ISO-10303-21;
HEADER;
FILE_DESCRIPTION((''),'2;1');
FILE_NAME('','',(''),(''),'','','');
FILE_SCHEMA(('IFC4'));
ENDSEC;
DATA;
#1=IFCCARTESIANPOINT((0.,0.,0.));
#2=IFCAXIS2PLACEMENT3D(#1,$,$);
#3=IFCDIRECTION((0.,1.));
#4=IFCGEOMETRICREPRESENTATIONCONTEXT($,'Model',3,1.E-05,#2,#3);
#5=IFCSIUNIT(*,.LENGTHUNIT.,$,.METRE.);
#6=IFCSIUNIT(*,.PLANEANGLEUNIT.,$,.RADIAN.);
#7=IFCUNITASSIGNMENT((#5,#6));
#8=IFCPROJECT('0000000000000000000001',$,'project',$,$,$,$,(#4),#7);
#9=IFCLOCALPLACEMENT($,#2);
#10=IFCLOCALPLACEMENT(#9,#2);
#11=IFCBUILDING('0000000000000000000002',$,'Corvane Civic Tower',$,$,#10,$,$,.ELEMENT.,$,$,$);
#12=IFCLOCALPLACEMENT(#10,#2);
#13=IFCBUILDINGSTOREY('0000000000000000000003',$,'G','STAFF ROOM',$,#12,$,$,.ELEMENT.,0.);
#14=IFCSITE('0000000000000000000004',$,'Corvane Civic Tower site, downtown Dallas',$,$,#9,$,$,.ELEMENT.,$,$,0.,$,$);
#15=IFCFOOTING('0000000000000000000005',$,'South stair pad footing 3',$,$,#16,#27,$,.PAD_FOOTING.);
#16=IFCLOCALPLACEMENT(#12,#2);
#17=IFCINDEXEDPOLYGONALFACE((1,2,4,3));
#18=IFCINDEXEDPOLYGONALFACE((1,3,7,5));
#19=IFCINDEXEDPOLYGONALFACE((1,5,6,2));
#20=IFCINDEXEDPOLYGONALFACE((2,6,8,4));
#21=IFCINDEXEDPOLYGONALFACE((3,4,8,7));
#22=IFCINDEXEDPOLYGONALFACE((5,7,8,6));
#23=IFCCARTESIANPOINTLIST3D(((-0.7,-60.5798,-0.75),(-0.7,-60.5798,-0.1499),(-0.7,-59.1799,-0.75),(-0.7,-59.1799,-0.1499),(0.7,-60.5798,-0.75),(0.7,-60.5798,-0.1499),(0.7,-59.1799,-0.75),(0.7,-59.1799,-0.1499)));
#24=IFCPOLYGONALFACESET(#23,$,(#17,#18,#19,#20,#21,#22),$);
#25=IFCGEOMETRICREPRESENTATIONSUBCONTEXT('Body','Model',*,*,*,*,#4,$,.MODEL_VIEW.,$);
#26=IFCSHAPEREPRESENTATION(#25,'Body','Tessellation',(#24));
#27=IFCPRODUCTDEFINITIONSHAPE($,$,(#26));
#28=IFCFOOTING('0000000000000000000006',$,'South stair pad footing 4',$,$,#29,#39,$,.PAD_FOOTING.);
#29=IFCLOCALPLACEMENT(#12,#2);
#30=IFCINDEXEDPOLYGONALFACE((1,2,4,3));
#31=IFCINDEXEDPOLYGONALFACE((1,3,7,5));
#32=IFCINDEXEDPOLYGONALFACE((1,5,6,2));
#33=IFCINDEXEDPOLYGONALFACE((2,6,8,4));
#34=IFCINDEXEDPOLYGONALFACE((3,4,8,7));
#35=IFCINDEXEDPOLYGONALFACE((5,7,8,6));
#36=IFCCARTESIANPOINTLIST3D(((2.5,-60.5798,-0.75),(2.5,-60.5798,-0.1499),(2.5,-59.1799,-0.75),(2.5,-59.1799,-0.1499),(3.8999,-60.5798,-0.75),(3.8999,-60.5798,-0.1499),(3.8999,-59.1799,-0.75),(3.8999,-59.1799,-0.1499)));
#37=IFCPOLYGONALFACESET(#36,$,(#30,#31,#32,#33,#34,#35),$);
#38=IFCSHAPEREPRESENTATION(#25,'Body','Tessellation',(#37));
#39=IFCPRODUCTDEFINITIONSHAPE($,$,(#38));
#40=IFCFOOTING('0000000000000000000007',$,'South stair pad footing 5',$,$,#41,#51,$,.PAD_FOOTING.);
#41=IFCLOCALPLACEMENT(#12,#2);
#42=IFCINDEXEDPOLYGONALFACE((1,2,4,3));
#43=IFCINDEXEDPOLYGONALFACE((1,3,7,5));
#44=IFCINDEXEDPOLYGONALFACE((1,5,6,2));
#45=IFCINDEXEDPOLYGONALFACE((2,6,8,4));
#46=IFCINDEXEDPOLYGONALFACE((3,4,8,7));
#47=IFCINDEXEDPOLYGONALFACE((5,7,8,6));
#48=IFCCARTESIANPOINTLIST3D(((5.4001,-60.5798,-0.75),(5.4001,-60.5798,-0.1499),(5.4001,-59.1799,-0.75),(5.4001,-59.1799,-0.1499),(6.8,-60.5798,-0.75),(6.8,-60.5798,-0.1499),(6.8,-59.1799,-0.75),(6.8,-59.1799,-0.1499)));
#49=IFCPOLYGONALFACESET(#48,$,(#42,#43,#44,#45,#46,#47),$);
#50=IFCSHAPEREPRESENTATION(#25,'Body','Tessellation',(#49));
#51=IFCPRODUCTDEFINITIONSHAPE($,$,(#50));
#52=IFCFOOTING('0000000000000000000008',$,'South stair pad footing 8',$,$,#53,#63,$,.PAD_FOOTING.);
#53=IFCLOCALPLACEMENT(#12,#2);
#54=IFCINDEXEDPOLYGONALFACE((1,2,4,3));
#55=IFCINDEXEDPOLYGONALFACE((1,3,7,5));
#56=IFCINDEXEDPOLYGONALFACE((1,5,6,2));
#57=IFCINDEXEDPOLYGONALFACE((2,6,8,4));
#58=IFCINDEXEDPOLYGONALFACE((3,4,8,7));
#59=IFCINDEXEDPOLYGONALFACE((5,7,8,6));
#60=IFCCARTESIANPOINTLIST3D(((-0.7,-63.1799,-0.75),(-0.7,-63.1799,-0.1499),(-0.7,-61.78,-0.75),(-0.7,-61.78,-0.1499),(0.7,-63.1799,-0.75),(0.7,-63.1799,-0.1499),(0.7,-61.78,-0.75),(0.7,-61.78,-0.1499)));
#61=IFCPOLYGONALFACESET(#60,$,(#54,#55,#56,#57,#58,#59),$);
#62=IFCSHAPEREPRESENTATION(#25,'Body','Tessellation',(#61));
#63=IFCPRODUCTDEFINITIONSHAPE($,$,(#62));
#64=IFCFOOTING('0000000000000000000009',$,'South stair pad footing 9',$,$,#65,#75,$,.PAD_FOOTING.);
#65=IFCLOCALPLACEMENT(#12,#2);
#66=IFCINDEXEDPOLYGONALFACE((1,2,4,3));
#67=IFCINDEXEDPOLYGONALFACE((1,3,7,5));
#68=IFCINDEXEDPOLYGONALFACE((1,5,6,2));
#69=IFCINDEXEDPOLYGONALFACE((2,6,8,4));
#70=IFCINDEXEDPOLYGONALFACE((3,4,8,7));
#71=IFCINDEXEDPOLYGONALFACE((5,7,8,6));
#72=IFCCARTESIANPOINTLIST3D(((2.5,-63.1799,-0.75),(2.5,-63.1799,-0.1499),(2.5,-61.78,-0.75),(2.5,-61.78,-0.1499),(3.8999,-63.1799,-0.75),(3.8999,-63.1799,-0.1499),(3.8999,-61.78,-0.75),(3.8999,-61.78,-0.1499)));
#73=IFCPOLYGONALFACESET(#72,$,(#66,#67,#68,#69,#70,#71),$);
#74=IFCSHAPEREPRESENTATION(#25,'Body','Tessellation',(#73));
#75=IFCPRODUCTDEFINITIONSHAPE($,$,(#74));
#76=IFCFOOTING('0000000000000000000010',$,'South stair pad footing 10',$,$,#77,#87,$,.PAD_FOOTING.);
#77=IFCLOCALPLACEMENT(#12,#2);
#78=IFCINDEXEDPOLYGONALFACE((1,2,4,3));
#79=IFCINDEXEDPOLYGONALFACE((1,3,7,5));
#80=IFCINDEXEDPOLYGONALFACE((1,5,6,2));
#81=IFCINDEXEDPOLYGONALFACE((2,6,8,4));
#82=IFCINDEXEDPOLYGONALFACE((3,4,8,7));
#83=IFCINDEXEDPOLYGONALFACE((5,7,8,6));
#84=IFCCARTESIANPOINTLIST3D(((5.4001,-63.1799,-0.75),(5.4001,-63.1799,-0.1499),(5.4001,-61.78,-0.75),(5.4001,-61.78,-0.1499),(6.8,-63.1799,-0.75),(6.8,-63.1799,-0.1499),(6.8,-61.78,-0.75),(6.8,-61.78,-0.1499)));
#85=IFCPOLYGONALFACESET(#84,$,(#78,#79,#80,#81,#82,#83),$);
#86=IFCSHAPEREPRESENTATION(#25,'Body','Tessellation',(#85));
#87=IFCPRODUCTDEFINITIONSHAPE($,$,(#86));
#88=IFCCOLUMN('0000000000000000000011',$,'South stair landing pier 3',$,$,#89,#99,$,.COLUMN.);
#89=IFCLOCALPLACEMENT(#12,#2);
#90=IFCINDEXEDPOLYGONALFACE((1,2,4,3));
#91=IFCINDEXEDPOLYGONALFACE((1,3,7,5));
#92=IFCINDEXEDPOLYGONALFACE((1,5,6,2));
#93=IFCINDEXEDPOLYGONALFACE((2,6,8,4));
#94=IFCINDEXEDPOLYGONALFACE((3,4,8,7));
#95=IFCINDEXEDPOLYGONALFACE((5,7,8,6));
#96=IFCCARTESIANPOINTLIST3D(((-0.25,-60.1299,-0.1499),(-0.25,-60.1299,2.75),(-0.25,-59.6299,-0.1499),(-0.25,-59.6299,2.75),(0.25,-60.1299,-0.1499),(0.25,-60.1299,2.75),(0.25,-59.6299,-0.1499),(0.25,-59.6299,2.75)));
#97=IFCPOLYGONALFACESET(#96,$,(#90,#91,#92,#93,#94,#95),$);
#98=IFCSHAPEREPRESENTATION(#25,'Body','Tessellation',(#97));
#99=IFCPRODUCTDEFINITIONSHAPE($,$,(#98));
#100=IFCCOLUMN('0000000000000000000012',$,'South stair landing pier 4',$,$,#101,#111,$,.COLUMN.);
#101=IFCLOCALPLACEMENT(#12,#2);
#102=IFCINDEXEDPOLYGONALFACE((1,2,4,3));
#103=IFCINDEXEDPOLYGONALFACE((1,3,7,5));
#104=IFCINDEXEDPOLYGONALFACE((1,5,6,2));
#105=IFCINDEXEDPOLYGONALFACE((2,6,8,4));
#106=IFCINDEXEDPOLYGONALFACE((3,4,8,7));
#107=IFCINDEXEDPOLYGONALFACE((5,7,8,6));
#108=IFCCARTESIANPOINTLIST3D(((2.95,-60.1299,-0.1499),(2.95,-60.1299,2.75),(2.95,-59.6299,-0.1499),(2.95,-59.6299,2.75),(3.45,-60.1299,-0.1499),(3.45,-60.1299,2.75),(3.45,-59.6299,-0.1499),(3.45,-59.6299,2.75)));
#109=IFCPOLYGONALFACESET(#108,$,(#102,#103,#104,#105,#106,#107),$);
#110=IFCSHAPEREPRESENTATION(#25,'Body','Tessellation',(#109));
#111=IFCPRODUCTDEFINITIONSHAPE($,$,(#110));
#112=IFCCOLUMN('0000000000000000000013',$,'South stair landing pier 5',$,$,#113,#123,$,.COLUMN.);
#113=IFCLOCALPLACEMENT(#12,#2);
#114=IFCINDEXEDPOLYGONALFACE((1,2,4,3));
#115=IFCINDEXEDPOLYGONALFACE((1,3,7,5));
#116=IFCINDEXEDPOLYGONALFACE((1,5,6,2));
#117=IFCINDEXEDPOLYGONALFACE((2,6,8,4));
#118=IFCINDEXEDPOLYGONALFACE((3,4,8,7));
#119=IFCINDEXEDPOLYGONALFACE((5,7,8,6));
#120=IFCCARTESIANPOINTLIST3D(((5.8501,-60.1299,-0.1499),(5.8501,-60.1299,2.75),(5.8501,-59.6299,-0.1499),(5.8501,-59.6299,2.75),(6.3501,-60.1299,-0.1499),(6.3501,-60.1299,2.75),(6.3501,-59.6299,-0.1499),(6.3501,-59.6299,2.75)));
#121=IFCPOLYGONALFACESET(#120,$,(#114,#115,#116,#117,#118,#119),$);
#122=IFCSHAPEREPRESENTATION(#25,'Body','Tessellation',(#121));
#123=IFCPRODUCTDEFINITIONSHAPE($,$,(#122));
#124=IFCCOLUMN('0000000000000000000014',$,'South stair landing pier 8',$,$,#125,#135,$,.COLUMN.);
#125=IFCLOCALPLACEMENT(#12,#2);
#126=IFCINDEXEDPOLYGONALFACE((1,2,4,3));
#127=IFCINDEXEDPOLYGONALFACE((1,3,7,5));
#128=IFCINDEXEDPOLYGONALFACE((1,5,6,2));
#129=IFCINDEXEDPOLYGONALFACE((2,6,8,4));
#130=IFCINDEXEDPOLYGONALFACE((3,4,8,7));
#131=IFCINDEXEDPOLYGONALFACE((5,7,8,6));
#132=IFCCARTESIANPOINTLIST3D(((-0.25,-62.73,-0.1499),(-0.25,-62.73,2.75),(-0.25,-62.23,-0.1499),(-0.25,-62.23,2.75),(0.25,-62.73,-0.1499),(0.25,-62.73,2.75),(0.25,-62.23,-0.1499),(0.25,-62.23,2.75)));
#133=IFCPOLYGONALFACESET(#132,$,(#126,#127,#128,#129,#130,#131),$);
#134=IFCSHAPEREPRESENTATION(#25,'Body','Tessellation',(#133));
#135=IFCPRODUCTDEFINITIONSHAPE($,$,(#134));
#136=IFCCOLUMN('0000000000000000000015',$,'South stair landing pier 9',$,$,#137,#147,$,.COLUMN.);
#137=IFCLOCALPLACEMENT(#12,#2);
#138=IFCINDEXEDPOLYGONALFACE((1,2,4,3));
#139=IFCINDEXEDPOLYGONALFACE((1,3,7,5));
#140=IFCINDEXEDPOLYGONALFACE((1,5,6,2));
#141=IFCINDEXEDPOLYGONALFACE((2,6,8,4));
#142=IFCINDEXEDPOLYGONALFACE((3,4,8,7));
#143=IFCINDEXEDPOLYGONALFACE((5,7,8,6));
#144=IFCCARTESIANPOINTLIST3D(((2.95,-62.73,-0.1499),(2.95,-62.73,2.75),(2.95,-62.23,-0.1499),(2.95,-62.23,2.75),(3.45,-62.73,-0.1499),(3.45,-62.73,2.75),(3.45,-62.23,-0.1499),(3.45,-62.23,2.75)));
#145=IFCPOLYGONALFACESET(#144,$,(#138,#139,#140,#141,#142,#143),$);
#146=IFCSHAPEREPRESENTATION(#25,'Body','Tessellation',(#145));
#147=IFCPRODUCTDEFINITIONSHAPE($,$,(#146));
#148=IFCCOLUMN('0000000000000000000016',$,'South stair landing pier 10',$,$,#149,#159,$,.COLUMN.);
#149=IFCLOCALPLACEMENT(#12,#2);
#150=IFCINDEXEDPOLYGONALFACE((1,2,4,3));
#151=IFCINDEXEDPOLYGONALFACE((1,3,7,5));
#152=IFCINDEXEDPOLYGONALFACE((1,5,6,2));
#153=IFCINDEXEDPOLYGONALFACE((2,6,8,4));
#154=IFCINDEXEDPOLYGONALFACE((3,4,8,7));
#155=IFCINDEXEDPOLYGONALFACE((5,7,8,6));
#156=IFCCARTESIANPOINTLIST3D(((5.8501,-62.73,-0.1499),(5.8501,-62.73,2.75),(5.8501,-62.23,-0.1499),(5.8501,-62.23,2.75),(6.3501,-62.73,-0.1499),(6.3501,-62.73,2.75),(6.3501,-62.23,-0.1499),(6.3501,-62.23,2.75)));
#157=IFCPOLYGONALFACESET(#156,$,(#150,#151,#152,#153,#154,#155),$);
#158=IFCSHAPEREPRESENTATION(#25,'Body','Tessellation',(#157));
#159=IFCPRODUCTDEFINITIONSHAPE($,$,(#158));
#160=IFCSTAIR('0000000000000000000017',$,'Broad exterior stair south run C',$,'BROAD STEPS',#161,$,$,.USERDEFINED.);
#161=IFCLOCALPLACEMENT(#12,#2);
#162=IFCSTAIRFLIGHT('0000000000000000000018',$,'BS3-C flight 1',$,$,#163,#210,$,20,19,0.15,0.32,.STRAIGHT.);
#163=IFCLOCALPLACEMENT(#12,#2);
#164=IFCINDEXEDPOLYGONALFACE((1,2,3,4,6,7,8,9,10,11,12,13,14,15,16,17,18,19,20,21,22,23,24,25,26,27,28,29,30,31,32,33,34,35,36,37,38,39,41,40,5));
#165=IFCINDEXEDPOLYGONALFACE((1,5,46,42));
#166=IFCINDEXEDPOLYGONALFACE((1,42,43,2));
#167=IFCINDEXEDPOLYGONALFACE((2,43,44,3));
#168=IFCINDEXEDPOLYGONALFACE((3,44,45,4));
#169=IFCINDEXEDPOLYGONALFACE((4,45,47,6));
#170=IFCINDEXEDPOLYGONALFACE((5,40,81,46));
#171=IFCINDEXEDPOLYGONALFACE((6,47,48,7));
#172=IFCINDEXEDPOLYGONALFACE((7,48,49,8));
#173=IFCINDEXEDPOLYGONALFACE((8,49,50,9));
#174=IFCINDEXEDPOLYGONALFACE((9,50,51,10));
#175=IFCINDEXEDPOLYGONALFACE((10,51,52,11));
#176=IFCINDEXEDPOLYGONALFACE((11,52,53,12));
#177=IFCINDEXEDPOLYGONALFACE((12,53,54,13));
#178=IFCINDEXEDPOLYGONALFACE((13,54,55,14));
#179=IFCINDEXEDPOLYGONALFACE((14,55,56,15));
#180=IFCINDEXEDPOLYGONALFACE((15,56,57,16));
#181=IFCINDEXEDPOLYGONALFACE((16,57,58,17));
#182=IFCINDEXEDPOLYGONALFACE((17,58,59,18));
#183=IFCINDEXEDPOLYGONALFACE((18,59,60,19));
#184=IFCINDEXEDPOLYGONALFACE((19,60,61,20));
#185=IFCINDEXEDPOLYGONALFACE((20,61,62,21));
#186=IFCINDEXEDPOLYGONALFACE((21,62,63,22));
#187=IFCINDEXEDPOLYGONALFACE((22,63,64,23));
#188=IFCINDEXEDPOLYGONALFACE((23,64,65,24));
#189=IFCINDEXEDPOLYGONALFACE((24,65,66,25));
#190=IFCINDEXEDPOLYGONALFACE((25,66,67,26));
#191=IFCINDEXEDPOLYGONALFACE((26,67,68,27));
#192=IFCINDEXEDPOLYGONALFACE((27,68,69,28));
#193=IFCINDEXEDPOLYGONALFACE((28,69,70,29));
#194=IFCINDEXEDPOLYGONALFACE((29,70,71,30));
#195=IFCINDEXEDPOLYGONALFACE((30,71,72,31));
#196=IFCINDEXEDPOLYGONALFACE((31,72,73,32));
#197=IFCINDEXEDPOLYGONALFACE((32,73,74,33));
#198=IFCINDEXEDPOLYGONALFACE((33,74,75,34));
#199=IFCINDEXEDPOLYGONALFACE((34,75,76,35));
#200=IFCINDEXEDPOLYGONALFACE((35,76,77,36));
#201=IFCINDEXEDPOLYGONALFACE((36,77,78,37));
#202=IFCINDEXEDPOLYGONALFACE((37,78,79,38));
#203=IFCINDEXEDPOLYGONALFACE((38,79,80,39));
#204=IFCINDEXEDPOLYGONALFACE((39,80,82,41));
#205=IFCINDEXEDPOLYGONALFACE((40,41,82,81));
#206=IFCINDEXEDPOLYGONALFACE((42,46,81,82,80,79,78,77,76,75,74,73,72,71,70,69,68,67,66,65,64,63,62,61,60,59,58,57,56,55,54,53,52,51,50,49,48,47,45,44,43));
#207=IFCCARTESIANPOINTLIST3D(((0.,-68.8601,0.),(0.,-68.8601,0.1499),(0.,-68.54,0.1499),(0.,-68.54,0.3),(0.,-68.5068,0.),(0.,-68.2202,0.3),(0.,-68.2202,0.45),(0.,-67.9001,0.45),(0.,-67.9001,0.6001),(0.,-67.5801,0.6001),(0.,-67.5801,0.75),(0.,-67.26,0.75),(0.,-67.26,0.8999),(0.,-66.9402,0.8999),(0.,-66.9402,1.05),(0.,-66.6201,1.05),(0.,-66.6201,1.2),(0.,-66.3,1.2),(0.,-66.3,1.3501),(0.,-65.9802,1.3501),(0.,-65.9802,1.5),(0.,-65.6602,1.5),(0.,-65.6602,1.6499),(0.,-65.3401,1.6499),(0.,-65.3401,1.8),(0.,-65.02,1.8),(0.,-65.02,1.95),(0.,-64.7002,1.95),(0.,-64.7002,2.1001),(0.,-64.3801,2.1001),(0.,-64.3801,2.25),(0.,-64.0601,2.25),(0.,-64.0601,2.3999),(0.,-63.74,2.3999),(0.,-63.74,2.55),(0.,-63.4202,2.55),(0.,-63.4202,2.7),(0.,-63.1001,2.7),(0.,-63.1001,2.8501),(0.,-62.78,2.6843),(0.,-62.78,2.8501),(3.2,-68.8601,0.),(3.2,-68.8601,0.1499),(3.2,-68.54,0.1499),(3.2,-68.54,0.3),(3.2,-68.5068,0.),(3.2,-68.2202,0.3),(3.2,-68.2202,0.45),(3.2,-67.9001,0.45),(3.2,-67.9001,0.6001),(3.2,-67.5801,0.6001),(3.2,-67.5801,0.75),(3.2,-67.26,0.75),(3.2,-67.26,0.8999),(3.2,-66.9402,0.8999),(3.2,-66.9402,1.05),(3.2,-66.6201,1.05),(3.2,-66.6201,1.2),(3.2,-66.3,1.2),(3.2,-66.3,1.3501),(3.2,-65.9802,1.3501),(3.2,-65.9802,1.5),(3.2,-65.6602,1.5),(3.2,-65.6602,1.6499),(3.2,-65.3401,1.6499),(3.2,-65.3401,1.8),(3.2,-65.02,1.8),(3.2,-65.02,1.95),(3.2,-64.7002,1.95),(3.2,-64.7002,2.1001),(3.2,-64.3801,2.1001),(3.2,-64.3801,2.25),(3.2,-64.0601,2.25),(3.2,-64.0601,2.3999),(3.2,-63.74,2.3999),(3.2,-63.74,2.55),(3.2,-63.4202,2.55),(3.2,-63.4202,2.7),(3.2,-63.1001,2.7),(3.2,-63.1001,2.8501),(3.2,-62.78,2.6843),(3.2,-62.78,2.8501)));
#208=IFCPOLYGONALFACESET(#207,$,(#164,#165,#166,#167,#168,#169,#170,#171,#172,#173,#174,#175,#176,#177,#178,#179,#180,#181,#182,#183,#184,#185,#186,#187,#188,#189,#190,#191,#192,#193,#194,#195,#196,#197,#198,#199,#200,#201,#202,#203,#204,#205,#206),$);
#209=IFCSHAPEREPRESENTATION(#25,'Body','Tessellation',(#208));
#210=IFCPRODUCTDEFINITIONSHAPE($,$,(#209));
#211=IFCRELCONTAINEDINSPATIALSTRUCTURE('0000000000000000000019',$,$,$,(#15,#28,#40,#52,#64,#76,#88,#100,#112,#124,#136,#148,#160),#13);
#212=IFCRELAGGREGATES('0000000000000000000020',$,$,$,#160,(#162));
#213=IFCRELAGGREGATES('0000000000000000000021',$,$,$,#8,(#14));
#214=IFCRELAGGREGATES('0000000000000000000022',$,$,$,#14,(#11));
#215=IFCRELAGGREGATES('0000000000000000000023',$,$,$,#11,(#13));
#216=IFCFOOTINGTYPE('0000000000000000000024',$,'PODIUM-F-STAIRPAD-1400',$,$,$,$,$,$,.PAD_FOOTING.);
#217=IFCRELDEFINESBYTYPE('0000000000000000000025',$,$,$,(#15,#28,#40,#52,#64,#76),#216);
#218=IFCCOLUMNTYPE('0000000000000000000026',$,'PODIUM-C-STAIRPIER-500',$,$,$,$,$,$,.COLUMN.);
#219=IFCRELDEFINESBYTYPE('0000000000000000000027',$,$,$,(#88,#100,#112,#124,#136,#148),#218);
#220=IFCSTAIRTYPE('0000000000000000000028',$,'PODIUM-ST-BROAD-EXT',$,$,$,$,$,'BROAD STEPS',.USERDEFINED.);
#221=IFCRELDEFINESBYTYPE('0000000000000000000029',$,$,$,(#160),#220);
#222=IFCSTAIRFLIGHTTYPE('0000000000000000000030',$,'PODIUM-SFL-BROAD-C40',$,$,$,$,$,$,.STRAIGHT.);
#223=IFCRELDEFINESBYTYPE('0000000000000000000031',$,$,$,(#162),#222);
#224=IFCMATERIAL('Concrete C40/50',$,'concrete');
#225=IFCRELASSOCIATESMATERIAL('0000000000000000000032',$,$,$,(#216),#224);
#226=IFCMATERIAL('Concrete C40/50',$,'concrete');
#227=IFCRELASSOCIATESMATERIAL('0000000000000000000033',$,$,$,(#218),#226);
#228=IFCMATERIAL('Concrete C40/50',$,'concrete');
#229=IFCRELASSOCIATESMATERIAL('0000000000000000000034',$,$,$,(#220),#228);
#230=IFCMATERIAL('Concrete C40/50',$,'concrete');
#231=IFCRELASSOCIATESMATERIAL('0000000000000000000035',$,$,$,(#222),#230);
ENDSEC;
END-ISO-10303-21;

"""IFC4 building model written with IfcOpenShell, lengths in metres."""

from ifc_helpers import new_model, si_unit, direction, frame, origin, origin_2d, place, context, subcontext, project, spatial, polyline, rectangle, outline, extrude, material, material_profile, profile_set, type_object, element, aggregate, save


model = new_model("IFC4")

# Units and contexts
model_context = context("Model", 3, precision=1e-05, world=origin(), true_north=direction((0.0, 1.0)))
body_context = subcontext(model_context, "Body", "Model", "MODEL_VIEW")
ifc_project = project(units=[si_unit("LENGTHUNIT", "METRE"), si_unit("PLANEANGLEUNIT", "RADIAN")], contexts=[model_context])

# Site, building, storey
site_placement = place(None, origin())
site = spatial("IfcSite", under=ifc_project, at=site_placement, Name="Corvane Civic Tower site, downtown Dallas", CompositionType="ELEMENT", RefElevation=0.0)
building_placement = place(site_placement, origin())
building = spatial("IfcBuilding", under=site, at=building_placement, Name="Corvane Civic Tower", CompositionType="ELEMENT")
storey_placement = place(building_placement, origin())
storey = spatial("IfcBuildingStorey", under=building, at=storey_placement, Name="G", Description="STAFF ROOM", CompositionType="ELEMENT", Elevation=0.0)

# Footings
ifc_material_1 = material(Name="Concrete C40/50", Category="concrete")
footing_type = type_object("IfcFootingType", Name="PODIUM-F-STAIRPAD-1400", PredefinedType="PAD_FOOTING", material=ifc_material_1)
for number, where, z_axis, x_axis, name in (
    (1, (0.0, -59.8799, -0.75), (0.0, 0.0, 1.0), (0.0, -1.0, 0.0), "South stair pad footing 3"),
    (2, (3.2, -59.8799, -0.75), (0.0, 0.0, 1.0), (0.0, -1.0, 0.0), "South stair pad footing 4"),
    (3, (6.1001, -59.8799, -0.75), (0.0, 0.0, 1.0), (0.0, -1.0, 0.0), "South stair pad footing 5"),
    (4, (0.0, -62.48, -0.75), (0.0, 0.0, 1.0), (0.0, -1.0, 0.0), "South stair pad footing 8"),
    (5, (3.2, -62.48, -0.75), (0.0, 0.0, 1.0), (0.0, -1.0, 0.0), "South stair pad footing 9"),
    (6, (6.1001, -62.48, -0.75), (0.0, 0.0, 1.0), (0.0, -1.0, 0.0), "South stair pad footing 10"),
):
    element("IfcFooting", number, at=place(storey_placement, frame(where, z_axis=z_axis, x_axis=x_axis)), inside=storey, type_object=footing_type, Name=name, PredefinedType="PAD_FOOTING", context=body_context, shape_type="SweptSolid", body=[
        extrude(rectangle(XDim=1.3999, YDim=1.3999, at=origin_2d()), origin(), (0.0, 0.0, 1.0), 0.6001),
    ])

# Columns
ifc_material_2 = material(Name="Concrete C40/50", Category="concrete")
ifc_material_profile = material_profile(ifc_material_2, rectangle(XDim=0.5, YDim=0.5, at=origin_2d()), Name="RC 500x500")
ifc_profile_set = profile_set([ifc_material_profile], Name="Concrete C40/50")
column_type = type_object("IfcColumnType", Name="PODIUM-C-STAIRPIER-500", PredefinedType="COLUMN", material=ifc_profile_set)
for number, where, z_axis, x_axis, name in (
    (7, (0.0, -59.8799, -0.1499), (0.0, 0.0, 1.0), (0.0, -1.0, 0.0), "South stair landing pier 3"),
    (8, (3.2, -59.8799, -0.1499), (0.0, 0.0, 1.0), (0.0, -1.0, 0.0), "South stair landing pier 4"),
    (9, (6.1001, -59.8799, -0.1499), (0.0, 0.0, 1.0), (0.0, -1.0, 0.0), "South stair landing pier 5"),
    (10, (0.0, -62.48, -0.1499), (0.0, 0.0, 1.0), (0.0, -1.0, 0.0), "South stair landing pier 8"),
    (11, (3.2, -62.48, -0.1499), (0.0, 0.0, 1.0), (0.0, -1.0, 0.0), "South stair landing pier 9"),
    (12, (6.1001, -62.48, -0.1499), (0.0, 0.0, 1.0), (0.0, -1.0, 0.0), "South stair landing pier 10"),
):
    element("IfcColumn", number, at=place(storey_placement, frame(where, z_axis=z_axis, x_axis=x_axis)), inside=storey, type_object=column_type, Name=name, PredefinedType="COLUMN", context=body_context, shape_type="SweptSolid", body=[
        extrude(rectangle(XDim=0.5, YDim=0.5, at=origin_2d()), origin(), (0.0, 0.0, 1.0), 2.8999),
    ])

# Stair, stair flight
ifc_material_3 = material(Name="Concrete C40/50", Category="concrete")
stair_type = type_object("IfcStairType", Name="PODIUM-ST-BROAD-EXT", ElementType="BROAD STEPS", PredefinedType="USERDEFINED", material=ifc_material_3)
stair_1_placement = place(storey_placement, origin())
stair_1 = element("IfcStair", 13, at=stair_1_placement, inside=storey, type_object=stair_type, Name="Broad exterior stair south run C", ObjectType="BROAD STEPS", PredefinedType="USERDEFINED")
ifc_material_4 = material(Name="Concrete C40/50", Category="concrete")
stair_flight_type = type_object("IfcStairFlightType", Name="PODIUM-SFL-BROAD-C40", PredefinedType="STRAIGHT", material=ifc_material_4)
stair_flight_1_placement = place(storey_placement, frame((1.6001, -68.8601, 0.0), z_axis=(0.0, 0.0, 1.0), x_axis=(0.0, 1.0, 0.0)))
stair_flight_1 = element("IfcStairFlight", 14, at=stair_flight_1_placement, type_object=stair_flight_type, Name="BS3-C flight 1", NumberOfRisers=20, NumberOfTreads=19, PredefinedType="STRAIGHT", RiserHeight=0.15, TreadLength=0.32, context=body_context, shape_type="SweptSolid", body=[
    extrude(outline(polyline([(0.0, 0.0), (0.0, 0.1499), (0.3201, 0.1499), (0.3201, 0.3), (0.6399, 0.3), (0.6399, 0.45), (0.96, 0.45), (0.96, 0.6001), (1.28, 0.6001), (1.28, 0.75), (1.6001, 0.75), (1.6001, 0.8999), (1.9199, 0.8999), (1.9199, 1.05), (2.24, 1.05), (2.24, 1.2), (2.5601, 1.2), (2.5601, 1.3501), (2.8799, 1.3501), (2.8799, 1.5), (3.2, 1.5), (3.2, 1.6499), (3.52, 1.6499), (3.52, 1.8), (3.8401, 1.8), (3.8401, 1.95), (4.1599, 1.95), (4.1599, 2.1001), (4.48, 2.1001), (4.48, 2.25), (4.8, 2.25), (4.8, 2.3999), (5.1201, 2.3999), (5.1201, 2.55), (5.4399, 2.55), (5.4399, 2.7), (5.76, 2.7), (5.76, 2.8501), (6.0801, 2.8501), (6.0801, 3.0), (6.0801, 2.6843), (0.3533, 0.0), (0.0, 0.0)])), frame((0.0, 1.6001, 0.0), z_axis=(0.0, -1.0, 0.0), x_axis=(1.0, 0.0, 0.0)), (0.0, 0.0, 1.0), 3.2),
])
aggregate(stair_1, [stair_flight_1])

save(model, "model.ifc")
